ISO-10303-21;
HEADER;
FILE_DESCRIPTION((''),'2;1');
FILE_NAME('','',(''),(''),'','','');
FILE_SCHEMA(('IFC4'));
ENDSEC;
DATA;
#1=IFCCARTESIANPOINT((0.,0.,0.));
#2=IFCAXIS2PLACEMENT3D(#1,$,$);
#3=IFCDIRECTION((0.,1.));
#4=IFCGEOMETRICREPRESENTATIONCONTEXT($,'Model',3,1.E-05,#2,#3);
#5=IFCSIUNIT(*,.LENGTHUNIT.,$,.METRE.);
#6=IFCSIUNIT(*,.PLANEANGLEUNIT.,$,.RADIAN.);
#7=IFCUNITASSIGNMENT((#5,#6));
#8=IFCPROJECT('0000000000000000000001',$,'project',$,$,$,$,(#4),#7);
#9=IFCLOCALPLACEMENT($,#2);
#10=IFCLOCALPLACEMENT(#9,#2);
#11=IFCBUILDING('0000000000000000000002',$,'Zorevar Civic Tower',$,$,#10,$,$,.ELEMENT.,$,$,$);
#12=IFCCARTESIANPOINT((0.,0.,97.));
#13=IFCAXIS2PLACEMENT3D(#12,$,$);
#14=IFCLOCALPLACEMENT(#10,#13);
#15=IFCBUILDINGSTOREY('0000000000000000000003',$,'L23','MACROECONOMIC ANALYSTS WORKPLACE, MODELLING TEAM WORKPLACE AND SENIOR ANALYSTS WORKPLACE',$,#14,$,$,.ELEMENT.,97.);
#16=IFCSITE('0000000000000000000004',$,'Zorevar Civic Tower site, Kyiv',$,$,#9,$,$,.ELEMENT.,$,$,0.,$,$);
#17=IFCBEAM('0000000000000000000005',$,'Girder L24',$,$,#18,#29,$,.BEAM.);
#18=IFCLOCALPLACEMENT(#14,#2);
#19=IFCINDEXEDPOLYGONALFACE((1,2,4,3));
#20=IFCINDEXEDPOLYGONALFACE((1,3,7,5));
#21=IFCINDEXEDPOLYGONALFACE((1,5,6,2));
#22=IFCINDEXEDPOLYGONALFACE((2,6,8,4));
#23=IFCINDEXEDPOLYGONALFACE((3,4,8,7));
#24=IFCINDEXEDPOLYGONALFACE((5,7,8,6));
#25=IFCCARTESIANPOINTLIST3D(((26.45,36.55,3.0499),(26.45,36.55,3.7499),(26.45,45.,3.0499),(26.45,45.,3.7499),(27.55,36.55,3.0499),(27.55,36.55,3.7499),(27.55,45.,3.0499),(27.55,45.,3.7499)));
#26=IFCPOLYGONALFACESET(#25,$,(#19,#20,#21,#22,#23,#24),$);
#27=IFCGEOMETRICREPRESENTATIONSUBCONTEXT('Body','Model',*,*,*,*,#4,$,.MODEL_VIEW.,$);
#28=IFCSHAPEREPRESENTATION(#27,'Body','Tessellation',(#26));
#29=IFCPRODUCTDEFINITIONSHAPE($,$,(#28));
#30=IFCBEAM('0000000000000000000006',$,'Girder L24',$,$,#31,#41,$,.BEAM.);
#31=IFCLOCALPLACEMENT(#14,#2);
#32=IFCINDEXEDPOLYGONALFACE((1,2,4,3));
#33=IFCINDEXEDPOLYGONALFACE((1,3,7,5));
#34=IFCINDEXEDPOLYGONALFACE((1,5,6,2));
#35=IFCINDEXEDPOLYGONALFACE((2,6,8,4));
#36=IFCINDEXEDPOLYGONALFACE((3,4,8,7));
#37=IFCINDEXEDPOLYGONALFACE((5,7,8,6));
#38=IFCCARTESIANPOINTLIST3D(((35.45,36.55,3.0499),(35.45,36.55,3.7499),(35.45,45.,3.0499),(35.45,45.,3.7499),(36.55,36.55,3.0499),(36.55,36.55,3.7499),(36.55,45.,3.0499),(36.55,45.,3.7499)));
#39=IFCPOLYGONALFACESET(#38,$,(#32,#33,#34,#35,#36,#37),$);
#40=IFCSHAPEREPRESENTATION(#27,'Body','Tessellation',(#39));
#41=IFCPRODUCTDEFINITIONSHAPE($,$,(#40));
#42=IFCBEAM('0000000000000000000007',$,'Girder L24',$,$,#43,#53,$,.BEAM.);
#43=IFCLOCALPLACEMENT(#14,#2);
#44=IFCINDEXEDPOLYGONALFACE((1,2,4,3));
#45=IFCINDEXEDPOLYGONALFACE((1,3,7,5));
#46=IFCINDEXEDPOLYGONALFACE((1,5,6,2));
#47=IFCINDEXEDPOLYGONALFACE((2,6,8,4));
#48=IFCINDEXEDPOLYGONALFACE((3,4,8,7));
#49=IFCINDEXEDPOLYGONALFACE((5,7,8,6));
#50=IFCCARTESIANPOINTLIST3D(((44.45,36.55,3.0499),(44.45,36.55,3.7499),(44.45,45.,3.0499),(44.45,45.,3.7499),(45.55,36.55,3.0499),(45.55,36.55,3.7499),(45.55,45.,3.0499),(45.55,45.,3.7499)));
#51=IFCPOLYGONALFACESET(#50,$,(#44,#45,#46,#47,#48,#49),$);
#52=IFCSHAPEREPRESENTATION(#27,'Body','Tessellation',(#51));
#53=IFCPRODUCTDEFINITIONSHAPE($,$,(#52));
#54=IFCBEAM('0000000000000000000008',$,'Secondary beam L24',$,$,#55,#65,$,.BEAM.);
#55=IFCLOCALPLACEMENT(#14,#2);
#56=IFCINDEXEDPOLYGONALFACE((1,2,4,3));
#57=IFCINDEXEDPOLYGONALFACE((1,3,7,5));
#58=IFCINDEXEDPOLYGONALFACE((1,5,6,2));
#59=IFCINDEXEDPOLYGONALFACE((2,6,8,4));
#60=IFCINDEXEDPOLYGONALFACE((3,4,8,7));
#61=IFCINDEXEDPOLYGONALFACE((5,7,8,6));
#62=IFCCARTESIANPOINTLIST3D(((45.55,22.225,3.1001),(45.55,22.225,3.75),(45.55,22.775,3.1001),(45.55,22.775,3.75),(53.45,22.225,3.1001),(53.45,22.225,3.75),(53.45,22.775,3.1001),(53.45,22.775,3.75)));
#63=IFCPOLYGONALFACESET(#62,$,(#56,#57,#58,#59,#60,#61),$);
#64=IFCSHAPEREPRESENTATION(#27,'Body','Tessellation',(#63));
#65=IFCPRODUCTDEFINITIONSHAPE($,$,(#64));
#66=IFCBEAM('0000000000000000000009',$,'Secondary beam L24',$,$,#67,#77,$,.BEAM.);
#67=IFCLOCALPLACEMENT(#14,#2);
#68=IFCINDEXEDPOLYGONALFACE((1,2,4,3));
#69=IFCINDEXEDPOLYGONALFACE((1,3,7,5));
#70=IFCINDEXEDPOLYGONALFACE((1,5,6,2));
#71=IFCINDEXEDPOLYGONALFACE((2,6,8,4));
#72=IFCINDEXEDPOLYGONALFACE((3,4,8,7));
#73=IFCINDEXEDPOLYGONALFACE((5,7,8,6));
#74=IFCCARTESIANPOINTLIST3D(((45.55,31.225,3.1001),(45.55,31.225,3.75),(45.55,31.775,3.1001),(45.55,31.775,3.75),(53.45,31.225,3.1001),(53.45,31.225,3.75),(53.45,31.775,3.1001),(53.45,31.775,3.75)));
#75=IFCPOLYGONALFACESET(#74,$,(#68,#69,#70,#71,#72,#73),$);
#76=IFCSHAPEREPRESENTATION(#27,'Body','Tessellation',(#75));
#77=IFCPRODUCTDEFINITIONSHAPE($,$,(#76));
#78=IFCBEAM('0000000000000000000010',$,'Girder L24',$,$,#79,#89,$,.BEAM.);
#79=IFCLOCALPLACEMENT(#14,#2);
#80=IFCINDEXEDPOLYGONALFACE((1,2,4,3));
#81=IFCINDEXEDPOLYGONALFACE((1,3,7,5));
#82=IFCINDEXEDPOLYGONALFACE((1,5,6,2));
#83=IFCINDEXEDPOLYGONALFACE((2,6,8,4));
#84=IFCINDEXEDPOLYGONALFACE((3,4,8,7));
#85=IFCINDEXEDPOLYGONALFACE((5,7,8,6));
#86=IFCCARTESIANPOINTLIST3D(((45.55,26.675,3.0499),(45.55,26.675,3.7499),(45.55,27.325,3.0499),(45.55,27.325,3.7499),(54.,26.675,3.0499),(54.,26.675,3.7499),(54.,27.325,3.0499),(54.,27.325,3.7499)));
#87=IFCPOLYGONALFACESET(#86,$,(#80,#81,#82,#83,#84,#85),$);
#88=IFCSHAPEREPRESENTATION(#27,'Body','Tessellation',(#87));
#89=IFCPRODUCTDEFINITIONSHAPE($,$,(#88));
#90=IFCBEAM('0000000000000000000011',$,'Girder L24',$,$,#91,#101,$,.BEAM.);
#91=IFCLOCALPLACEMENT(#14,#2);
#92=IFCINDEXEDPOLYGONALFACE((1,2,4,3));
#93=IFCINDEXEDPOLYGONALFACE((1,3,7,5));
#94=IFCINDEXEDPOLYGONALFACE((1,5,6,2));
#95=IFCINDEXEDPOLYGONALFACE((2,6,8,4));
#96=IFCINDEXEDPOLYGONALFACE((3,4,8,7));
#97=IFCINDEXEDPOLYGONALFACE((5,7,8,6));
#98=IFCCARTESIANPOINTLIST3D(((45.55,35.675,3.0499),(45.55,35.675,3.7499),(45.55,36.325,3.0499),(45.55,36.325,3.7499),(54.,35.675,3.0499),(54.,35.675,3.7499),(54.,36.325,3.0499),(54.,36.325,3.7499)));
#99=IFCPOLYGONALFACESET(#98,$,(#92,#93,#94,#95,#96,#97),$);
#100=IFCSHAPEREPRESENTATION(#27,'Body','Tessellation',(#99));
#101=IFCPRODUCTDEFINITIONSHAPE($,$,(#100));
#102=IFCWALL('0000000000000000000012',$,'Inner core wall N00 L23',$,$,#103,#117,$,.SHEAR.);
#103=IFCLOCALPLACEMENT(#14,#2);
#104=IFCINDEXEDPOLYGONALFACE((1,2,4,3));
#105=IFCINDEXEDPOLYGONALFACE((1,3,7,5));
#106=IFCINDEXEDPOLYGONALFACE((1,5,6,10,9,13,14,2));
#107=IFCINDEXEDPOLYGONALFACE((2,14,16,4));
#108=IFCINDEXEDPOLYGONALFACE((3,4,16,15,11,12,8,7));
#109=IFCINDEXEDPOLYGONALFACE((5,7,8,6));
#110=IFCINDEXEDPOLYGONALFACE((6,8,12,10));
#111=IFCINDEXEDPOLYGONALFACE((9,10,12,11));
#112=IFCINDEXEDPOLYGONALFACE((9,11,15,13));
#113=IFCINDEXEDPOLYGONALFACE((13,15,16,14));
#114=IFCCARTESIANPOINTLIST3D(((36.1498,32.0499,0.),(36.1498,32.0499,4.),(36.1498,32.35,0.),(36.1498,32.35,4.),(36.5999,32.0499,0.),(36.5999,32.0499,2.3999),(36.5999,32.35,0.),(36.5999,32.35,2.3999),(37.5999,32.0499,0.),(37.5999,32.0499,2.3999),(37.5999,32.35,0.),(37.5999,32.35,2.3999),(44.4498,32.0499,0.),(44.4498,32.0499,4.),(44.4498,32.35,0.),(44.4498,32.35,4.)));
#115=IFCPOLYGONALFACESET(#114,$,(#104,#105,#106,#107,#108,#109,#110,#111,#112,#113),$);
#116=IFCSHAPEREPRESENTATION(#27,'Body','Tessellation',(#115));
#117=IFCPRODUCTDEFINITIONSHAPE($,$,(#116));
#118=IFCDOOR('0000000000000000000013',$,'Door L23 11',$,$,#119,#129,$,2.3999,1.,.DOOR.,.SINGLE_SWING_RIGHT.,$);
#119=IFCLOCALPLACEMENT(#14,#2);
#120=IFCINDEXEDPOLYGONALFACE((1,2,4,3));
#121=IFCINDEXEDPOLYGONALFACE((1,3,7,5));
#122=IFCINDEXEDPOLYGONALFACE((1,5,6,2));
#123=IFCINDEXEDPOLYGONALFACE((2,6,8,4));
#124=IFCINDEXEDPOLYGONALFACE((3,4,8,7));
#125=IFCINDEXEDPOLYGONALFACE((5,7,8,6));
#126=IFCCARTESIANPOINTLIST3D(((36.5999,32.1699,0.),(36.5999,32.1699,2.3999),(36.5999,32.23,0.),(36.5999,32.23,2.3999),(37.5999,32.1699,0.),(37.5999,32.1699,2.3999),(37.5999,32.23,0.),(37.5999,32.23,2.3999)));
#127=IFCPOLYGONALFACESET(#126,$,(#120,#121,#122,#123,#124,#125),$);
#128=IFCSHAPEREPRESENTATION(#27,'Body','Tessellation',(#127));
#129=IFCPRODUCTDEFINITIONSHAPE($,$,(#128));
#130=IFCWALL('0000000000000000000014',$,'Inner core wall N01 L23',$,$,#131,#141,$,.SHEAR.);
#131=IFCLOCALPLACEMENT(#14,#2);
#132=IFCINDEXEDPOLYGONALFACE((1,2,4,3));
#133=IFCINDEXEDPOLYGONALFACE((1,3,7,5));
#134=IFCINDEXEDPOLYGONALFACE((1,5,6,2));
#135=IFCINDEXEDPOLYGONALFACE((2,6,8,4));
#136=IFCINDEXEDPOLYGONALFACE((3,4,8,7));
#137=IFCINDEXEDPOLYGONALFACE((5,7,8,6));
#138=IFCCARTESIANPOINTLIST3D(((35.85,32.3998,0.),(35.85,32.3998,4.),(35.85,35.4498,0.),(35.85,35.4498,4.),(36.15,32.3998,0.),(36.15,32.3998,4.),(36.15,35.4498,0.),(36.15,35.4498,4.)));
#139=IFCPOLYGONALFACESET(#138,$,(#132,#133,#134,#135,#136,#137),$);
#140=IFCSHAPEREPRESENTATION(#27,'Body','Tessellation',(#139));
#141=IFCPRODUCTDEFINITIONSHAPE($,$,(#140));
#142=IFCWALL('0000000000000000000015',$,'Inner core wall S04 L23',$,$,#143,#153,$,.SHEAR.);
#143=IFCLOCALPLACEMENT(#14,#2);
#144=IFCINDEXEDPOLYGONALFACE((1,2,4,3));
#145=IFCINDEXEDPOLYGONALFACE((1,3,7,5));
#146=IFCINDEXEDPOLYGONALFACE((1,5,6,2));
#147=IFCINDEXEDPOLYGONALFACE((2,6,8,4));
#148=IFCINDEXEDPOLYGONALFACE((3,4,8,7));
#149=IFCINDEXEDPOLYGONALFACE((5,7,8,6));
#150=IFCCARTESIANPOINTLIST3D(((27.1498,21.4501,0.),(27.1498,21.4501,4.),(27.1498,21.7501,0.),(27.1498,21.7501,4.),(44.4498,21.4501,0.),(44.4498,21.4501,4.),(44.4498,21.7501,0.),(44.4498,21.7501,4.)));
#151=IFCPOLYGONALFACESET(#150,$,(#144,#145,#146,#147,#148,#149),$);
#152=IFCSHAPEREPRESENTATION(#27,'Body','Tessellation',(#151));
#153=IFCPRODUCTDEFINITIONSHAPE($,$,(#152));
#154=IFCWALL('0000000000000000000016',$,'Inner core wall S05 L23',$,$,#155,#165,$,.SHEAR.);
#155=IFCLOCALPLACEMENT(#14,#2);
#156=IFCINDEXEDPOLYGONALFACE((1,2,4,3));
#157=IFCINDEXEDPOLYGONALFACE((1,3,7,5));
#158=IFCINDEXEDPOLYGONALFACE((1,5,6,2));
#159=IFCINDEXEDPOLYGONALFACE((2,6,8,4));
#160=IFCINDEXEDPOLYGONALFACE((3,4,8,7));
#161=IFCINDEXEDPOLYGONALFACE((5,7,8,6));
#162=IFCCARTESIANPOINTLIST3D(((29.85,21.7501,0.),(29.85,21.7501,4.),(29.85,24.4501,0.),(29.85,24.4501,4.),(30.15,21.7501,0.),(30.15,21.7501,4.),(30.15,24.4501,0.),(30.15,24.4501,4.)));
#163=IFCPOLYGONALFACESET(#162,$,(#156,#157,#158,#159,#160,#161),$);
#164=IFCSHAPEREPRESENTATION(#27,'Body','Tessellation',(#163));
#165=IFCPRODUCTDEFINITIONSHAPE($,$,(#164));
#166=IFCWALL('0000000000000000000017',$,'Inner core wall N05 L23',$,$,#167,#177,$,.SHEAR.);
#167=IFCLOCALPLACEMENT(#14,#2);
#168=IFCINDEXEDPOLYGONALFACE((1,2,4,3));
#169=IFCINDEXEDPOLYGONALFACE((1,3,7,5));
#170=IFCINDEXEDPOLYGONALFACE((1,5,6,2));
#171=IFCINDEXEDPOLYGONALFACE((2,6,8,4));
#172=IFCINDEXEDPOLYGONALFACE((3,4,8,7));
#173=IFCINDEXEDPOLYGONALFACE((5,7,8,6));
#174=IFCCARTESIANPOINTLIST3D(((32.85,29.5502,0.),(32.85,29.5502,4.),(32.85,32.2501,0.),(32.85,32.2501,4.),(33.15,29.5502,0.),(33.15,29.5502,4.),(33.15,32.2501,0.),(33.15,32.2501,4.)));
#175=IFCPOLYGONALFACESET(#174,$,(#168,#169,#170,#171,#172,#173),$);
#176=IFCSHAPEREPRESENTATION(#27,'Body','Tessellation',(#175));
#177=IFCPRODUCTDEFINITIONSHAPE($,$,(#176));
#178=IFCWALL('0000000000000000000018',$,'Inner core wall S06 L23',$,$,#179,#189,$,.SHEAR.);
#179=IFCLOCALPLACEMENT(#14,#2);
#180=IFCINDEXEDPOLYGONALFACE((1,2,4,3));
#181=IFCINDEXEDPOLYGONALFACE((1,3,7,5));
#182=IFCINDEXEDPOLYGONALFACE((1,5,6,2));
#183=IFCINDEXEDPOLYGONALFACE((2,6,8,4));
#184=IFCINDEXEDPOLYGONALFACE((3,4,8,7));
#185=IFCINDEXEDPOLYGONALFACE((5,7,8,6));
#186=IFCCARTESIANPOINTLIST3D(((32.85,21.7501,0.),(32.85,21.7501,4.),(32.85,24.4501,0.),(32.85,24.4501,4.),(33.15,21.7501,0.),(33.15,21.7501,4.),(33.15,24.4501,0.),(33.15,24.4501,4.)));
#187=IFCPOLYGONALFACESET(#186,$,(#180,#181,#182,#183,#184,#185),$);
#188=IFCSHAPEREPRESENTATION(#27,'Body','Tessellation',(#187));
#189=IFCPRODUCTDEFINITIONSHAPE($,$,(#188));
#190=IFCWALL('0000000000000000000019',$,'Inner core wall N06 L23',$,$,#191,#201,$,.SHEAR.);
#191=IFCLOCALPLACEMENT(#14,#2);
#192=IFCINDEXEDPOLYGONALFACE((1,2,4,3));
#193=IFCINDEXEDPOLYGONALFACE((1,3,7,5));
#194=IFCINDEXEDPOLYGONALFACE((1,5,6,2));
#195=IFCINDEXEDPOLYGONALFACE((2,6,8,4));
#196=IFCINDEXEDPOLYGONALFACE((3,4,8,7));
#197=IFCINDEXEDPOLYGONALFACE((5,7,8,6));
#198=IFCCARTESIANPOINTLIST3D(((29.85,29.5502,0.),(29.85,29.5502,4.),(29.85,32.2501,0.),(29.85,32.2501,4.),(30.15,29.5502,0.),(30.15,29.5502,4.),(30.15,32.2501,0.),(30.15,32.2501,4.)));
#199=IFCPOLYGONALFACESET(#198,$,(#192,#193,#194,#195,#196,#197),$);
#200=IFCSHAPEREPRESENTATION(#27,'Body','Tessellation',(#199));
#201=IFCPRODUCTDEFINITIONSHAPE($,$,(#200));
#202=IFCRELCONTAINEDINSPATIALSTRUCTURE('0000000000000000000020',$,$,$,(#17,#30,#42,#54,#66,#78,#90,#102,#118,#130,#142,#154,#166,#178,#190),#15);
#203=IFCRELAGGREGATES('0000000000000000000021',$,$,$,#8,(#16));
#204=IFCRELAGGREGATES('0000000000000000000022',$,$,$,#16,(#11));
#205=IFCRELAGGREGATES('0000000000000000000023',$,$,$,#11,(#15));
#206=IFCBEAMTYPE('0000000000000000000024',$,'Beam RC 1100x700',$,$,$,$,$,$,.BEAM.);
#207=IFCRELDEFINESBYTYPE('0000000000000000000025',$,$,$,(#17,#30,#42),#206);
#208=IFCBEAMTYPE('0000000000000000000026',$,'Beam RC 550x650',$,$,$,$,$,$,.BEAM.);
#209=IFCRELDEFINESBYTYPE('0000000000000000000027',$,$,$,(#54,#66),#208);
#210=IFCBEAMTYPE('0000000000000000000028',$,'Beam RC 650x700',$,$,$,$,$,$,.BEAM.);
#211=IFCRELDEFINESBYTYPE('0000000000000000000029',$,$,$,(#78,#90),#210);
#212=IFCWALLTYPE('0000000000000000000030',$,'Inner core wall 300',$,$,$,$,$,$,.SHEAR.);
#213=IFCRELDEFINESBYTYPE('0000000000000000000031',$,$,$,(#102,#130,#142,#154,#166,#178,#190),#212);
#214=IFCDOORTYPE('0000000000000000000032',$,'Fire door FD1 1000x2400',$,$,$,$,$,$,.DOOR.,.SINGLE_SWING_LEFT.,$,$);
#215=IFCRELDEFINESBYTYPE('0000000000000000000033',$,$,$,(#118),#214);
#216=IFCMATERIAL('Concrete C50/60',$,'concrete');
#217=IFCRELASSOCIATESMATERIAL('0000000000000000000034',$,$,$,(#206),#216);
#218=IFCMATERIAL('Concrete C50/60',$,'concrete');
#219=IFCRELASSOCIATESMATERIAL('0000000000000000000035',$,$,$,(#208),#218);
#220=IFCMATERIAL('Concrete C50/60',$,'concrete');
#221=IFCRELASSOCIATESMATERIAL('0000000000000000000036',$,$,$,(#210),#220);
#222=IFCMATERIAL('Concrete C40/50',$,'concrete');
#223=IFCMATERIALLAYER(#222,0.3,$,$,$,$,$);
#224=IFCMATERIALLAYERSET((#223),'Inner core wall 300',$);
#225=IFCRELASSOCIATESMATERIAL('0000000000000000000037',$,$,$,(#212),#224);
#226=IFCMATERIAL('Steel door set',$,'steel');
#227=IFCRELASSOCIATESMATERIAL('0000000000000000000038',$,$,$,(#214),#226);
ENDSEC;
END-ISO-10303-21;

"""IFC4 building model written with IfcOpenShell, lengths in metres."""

from ifc_helpers import new_model, si_unit, direction, frame, frame_2d, origin, origin_2d, place, context, subcontext, project, spatial, rectangle, extrude, material, layer, layer_set, material_profile, profile_set, type_object, element, fill, save


model = new_model("IFC4")

# Units and contexts
model_context = context("Model", 3, precision=1e-05, world=origin(), true_north=direction((0.0, 1.0)))
body_context = subcontext(model_context, "Body", "Model", "MODEL_VIEW")
ifc_project = project(units=[si_unit("LENGTHUNIT", "METRE"), si_unit("PLANEANGLEUNIT", "RADIAN")], contexts=[model_context])

# Site, building, storey
site_placement = place(None, origin())
site = spatial("IfcSite", under=ifc_project, at=site_placement, Name="Zorevar Civic Tower site, Kyiv", CompositionType="ELEMENT", RefElevation=0.0)
building_placement = place(site_placement, origin())
building = spatial("IfcBuilding", under=site, at=building_placement, Name="Zorevar Civic Tower", CompositionType="ELEMENT")
storey_placement = place(building_placement, frame((0.0, 0.0, 97.0)))
storey = spatial("IfcBuildingStorey", under=building, at=storey_placement, Name="L23", Description="MACROECONOMIC ANALYSTS WORKPLACE, MODELLING TEAM WORKPLACE AND SENIOR ANALYSTS WORKPLACE", CompositionType="ELEMENT", Elevation=97.0)

# Beams
ifc_material_1 = material(Name="Concrete C50/60", Category="concrete")
ifc_material_profile_1 = material_profile(ifc_material_1, rectangle(XDim=1.1001, YDim=0.7, at=origin_2d()), Name="RC 1100x700")
ifc_profile_set_1 = profile_set([ifc_material_profile_1], Name="Concrete C50/60")
beam_type_1 = type_object("IfcBeamType", Name="Beam RC 1100x700", PredefinedType="BEAM", material=ifc_profile_set_1)
for number, where, z_axis, x_axis, name in (
    (1, (27.0, 36.55, 3.3999), (0.0, 1.0, 0.0), (-1.0, 0.0, 0.0), "Girder L24"),
    (2, (36.0, 36.55, 3.3999), (0.0, 1.0, 0.0), (-1.0, 0.0, 0.0), "Girder L24"),
    (3, (45.0, 36.55, 3.3999), (0.0, 1.0, 0.0), (-1.0, 0.0, 0.0), "Girder L24"),
):
    element("IfcBeam", number, at=place(storey_placement, frame(where, z_axis=z_axis, x_axis=x_axis)), inside=storey, type_object=beam_type_1, Name=name, PredefinedType="BEAM", context=body_context, shape_type="SweptSolid", body=[
        extrude(rectangle(XDim=1.1001, YDim=0.7, at=origin_2d()), origin(), (0.0, 0.0, 1.0), 8.45),
    ])
ifc_material_2 = material(Name="Concrete C50/60", Category="concrete")
ifc_material_profile_2 = material_profile(ifc_material_2, rectangle(XDim=0.55, YDim=0.6499, at=origin_2d()), Name="RC 550x650")
ifc_profile_set_2 = profile_set([ifc_material_profile_2], Name="Concrete C50/60")
beam_type_2 = type_object("IfcBeamType", Name="Beam RC 550x650", PredefinedType="BEAM", material=ifc_profile_set_2)
for number, where, z_axis, x_axis, name in (
    (4, (45.55, 22.5, 3.425), (1.0, 0.0, 0.0), (0.0, 1.0, 0.0), "Secondary beam L24"),
    (5, (45.55, 31.5, 3.425), (1.0, 0.0, 0.0), (0.0, 1.0, 0.0), "Secondary beam L24"),
):
    element("IfcBeam", number, at=place(storey_placement, frame(where, z_axis=z_axis, x_axis=x_axis)), inside=storey, type_object=beam_type_2, Name=name, PredefinedType="BEAM", context=body_context, shape_type="SweptSolid", body=[
        extrude(rectangle(XDim=0.55, YDim=0.6499, at=origin_2d()), origin(), (0.0, 0.0, 1.0), 7.8999),
    ])
ifc_material_3 = material(Name="Concrete C50/60", Category="concrete")
ifc_material_profile_3 = material_profile(ifc_material_3, rectangle(XDim=0.6499, YDim=0.7, at=origin_2d()), Name="RC 650x700")
ifc_profile_set_3 = profile_set([ifc_material_profile_3], Name="Concrete C50/60")
beam_type_3 = type_object("IfcBeamType", Name="Beam RC 650x700", PredefinedType="BEAM", material=ifc_profile_set_3)
for number, where, z_axis, x_axis, name in (
    (6, (45.55, 27.0, 3.3999), (1.0, 0.0, 0.0), (0.0, 1.0, 0.0), "Girder L24"),
    (7, (45.55, 36.0, 3.3999), (1.0, 0.0, 0.0), (0.0, 1.0, 0.0), "Girder L24"),
):
    element("IfcBeam", number, at=place(storey_placement, frame(where, z_axis=z_axis, x_axis=x_axis)), inside=storey, type_object=beam_type_3, Name=name, PredefinedType="BEAM", context=body_context, shape_type="SweptSolid", body=[
        extrude(rectangle(XDim=0.6499, YDim=0.7, at=origin_2d()), origin(), (0.0, 0.0, 1.0), 8.45),
    ])

# Wall, opening, door
ifc_material_4 = material(Name="Concrete C40/50", Category="concrete")
ifc_layer_1 = layer(ifc_material_4, 0.3)
ifc_layer_set_1 = layer_set([ifc_layer_1], Name="Inner core wall 300")
wall_type_1 = type_object("IfcWallType", Name="Inner core wall 300", PredefinedType="SHEAR", material=ifc_layer_set_1)
wall_1_placement = place(storey_placement, frame((36.1499, 32.2, 0.0), z_axis=(0.0, 0.0, 1.0), x_axis=(1.0, 0.0, 0.0)))
wall_1 = element("IfcWall", 8, at=wall_1_placement, inside=storey, type_object=wall_type_1, Name="Inner core wall N00 L23", PredefinedType="SHEAR", context=body_context, shape_type="SweptSolid", body=[
    extrude(rectangle(XDim=8.3, YDim=0.3, at=frame_2d((4.1499, 0.0))), origin(), (0.0, 0.0, 1.0), 4.0),
])
opening_1_placement = place(wall_1_placement, frame((0.45, 0.0, 0.0)))
opening_1 = element("IfcOpeningElement", 9, at=opening_1_placement, cuts=wall_1, PredefinedType="OPENING", context=body_context, shape_type="SweptSolid", body=[
    extrude(rectangle(XDim=1.0, YDim=2.3999, at=frame_2d((0.5, 1.2))), frame((0.0, 0.1599, 0.0), z_axis=(0.0, -1.0, 0.0), x_axis=(1.0, 0.0, 0.0)), (0.0, 0.0, 1.0), 0.3201),
])
ifc_material_5 = material(Name="Steel door set", Category="steel")
door_type_1 = type_object("IfcDoorType", Name="Fire door FD1 1000x2400", OperationType="SINGLE_SWING_LEFT", PredefinedType="DOOR", material=ifc_material_5)
door_1_placement = place(opening_1_placement, origin())
door_1 = element("IfcDoor", 10, at=door_1_placement, inside=storey, type_object=door_type_1, Name="Door L23 11", OperationType="SINGLE_SWING_RIGHT", OverallHeight=2.3999, OverallWidth=1.0, PredefinedType="DOOR", context=body_context, shape_type="SweptSolid", body=[
    extrude(rectangle(XDim=1.0, YDim=2.3999, at=frame_2d((0.5, 1.2))), frame((0.0, 0.03, 0.0), z_axis=(0.0, -1.0, 0.0), x_axis=(1.0, 0.0, 0.0)), (0.0, 0.0, 1.0), 0.0601),
])
fill(opening_1, door_1)

# Wall
wall_2_placement = place(storey_placement, frame((36.0, 32.3999, 0.0), z_axis=(0.0, 0.0, 1.0), x_axis=(0.0, 1.0, 0.0)))
element("IfcWall", 11, at=wall_2_placement, inside=storey, type_object=wall_type_1, Name="Inner core wall N01 L23", PredefinedType="SHEAR", context=body_context, shape_type="SweptSolid", body=[
    extrude(rectangle(XDim=3.05, YDim=0.3, at=frame_2d((1.5249, 0.0))), origin(), (0.0, 0.0, 1.0), 4.0),
])

# Walls
wall_3_placement = place(storey_placement, frame((27.1499, 21.6001, 0.0), z_axis=(0.0, 0.0, 1.0), x_axis=(1.0, 0.0, 0.0)))
element("IfcWall", 12, at=wall_3_placement, inside=storey, type_object=wall_type_1, Name="Inner core wall S04 L23", PredefinedType="SHEAR", context=body_context, shape_type="SweptSolid", body=[
    extrude(rectangle(XDim=17.3, YDim=0.3, at=frame_2d((8.6499, 0.0))), origin(), (0.0, 0.0, 1.0), 4.0),
])
for number, where, z_axis, x_axis, name in (
    (13, (30.0, 21.75, 0.0), (0.0, 0.0, 1.0), (0.0, 1.0, 0.0), "Inner core wall S05 L23"),
    (14, (33.0, 29.55, 0.0), (0.0, 0.0, 1.0), (0.0, 1.0, 0.0), "Inner core wall N05 L23"),
    (15, (33.0, 21.75, 0.0), (0.0, 0.0, 1.0), (0.0, 1.0, 0.0), "Inner core wall S06 L23"),
    (16, (30.0, 29.55, 0.0), (0.0, 0.0, 1.0), (0.0, 1.0, 0.0), "Inner core wall N06 L23"),
):
    element("IfcWall", number, at=place(storey_placement, frame(where, z_axis=z_axis, x_axis=x_axis)), inside=storey, type_object=wall_type_1, Name=name, PredefinedType="SHEAR", context=body_context, shape_type="SweptSolid", body=[
        extrude(rectangle(XDim=2.7, YDim=0.3, at=frame_2d((1.3501, 0.0))), origin(), (0.0, 0.0, 1.0), 4.0),
    ])

save(model, "model.ifc")
